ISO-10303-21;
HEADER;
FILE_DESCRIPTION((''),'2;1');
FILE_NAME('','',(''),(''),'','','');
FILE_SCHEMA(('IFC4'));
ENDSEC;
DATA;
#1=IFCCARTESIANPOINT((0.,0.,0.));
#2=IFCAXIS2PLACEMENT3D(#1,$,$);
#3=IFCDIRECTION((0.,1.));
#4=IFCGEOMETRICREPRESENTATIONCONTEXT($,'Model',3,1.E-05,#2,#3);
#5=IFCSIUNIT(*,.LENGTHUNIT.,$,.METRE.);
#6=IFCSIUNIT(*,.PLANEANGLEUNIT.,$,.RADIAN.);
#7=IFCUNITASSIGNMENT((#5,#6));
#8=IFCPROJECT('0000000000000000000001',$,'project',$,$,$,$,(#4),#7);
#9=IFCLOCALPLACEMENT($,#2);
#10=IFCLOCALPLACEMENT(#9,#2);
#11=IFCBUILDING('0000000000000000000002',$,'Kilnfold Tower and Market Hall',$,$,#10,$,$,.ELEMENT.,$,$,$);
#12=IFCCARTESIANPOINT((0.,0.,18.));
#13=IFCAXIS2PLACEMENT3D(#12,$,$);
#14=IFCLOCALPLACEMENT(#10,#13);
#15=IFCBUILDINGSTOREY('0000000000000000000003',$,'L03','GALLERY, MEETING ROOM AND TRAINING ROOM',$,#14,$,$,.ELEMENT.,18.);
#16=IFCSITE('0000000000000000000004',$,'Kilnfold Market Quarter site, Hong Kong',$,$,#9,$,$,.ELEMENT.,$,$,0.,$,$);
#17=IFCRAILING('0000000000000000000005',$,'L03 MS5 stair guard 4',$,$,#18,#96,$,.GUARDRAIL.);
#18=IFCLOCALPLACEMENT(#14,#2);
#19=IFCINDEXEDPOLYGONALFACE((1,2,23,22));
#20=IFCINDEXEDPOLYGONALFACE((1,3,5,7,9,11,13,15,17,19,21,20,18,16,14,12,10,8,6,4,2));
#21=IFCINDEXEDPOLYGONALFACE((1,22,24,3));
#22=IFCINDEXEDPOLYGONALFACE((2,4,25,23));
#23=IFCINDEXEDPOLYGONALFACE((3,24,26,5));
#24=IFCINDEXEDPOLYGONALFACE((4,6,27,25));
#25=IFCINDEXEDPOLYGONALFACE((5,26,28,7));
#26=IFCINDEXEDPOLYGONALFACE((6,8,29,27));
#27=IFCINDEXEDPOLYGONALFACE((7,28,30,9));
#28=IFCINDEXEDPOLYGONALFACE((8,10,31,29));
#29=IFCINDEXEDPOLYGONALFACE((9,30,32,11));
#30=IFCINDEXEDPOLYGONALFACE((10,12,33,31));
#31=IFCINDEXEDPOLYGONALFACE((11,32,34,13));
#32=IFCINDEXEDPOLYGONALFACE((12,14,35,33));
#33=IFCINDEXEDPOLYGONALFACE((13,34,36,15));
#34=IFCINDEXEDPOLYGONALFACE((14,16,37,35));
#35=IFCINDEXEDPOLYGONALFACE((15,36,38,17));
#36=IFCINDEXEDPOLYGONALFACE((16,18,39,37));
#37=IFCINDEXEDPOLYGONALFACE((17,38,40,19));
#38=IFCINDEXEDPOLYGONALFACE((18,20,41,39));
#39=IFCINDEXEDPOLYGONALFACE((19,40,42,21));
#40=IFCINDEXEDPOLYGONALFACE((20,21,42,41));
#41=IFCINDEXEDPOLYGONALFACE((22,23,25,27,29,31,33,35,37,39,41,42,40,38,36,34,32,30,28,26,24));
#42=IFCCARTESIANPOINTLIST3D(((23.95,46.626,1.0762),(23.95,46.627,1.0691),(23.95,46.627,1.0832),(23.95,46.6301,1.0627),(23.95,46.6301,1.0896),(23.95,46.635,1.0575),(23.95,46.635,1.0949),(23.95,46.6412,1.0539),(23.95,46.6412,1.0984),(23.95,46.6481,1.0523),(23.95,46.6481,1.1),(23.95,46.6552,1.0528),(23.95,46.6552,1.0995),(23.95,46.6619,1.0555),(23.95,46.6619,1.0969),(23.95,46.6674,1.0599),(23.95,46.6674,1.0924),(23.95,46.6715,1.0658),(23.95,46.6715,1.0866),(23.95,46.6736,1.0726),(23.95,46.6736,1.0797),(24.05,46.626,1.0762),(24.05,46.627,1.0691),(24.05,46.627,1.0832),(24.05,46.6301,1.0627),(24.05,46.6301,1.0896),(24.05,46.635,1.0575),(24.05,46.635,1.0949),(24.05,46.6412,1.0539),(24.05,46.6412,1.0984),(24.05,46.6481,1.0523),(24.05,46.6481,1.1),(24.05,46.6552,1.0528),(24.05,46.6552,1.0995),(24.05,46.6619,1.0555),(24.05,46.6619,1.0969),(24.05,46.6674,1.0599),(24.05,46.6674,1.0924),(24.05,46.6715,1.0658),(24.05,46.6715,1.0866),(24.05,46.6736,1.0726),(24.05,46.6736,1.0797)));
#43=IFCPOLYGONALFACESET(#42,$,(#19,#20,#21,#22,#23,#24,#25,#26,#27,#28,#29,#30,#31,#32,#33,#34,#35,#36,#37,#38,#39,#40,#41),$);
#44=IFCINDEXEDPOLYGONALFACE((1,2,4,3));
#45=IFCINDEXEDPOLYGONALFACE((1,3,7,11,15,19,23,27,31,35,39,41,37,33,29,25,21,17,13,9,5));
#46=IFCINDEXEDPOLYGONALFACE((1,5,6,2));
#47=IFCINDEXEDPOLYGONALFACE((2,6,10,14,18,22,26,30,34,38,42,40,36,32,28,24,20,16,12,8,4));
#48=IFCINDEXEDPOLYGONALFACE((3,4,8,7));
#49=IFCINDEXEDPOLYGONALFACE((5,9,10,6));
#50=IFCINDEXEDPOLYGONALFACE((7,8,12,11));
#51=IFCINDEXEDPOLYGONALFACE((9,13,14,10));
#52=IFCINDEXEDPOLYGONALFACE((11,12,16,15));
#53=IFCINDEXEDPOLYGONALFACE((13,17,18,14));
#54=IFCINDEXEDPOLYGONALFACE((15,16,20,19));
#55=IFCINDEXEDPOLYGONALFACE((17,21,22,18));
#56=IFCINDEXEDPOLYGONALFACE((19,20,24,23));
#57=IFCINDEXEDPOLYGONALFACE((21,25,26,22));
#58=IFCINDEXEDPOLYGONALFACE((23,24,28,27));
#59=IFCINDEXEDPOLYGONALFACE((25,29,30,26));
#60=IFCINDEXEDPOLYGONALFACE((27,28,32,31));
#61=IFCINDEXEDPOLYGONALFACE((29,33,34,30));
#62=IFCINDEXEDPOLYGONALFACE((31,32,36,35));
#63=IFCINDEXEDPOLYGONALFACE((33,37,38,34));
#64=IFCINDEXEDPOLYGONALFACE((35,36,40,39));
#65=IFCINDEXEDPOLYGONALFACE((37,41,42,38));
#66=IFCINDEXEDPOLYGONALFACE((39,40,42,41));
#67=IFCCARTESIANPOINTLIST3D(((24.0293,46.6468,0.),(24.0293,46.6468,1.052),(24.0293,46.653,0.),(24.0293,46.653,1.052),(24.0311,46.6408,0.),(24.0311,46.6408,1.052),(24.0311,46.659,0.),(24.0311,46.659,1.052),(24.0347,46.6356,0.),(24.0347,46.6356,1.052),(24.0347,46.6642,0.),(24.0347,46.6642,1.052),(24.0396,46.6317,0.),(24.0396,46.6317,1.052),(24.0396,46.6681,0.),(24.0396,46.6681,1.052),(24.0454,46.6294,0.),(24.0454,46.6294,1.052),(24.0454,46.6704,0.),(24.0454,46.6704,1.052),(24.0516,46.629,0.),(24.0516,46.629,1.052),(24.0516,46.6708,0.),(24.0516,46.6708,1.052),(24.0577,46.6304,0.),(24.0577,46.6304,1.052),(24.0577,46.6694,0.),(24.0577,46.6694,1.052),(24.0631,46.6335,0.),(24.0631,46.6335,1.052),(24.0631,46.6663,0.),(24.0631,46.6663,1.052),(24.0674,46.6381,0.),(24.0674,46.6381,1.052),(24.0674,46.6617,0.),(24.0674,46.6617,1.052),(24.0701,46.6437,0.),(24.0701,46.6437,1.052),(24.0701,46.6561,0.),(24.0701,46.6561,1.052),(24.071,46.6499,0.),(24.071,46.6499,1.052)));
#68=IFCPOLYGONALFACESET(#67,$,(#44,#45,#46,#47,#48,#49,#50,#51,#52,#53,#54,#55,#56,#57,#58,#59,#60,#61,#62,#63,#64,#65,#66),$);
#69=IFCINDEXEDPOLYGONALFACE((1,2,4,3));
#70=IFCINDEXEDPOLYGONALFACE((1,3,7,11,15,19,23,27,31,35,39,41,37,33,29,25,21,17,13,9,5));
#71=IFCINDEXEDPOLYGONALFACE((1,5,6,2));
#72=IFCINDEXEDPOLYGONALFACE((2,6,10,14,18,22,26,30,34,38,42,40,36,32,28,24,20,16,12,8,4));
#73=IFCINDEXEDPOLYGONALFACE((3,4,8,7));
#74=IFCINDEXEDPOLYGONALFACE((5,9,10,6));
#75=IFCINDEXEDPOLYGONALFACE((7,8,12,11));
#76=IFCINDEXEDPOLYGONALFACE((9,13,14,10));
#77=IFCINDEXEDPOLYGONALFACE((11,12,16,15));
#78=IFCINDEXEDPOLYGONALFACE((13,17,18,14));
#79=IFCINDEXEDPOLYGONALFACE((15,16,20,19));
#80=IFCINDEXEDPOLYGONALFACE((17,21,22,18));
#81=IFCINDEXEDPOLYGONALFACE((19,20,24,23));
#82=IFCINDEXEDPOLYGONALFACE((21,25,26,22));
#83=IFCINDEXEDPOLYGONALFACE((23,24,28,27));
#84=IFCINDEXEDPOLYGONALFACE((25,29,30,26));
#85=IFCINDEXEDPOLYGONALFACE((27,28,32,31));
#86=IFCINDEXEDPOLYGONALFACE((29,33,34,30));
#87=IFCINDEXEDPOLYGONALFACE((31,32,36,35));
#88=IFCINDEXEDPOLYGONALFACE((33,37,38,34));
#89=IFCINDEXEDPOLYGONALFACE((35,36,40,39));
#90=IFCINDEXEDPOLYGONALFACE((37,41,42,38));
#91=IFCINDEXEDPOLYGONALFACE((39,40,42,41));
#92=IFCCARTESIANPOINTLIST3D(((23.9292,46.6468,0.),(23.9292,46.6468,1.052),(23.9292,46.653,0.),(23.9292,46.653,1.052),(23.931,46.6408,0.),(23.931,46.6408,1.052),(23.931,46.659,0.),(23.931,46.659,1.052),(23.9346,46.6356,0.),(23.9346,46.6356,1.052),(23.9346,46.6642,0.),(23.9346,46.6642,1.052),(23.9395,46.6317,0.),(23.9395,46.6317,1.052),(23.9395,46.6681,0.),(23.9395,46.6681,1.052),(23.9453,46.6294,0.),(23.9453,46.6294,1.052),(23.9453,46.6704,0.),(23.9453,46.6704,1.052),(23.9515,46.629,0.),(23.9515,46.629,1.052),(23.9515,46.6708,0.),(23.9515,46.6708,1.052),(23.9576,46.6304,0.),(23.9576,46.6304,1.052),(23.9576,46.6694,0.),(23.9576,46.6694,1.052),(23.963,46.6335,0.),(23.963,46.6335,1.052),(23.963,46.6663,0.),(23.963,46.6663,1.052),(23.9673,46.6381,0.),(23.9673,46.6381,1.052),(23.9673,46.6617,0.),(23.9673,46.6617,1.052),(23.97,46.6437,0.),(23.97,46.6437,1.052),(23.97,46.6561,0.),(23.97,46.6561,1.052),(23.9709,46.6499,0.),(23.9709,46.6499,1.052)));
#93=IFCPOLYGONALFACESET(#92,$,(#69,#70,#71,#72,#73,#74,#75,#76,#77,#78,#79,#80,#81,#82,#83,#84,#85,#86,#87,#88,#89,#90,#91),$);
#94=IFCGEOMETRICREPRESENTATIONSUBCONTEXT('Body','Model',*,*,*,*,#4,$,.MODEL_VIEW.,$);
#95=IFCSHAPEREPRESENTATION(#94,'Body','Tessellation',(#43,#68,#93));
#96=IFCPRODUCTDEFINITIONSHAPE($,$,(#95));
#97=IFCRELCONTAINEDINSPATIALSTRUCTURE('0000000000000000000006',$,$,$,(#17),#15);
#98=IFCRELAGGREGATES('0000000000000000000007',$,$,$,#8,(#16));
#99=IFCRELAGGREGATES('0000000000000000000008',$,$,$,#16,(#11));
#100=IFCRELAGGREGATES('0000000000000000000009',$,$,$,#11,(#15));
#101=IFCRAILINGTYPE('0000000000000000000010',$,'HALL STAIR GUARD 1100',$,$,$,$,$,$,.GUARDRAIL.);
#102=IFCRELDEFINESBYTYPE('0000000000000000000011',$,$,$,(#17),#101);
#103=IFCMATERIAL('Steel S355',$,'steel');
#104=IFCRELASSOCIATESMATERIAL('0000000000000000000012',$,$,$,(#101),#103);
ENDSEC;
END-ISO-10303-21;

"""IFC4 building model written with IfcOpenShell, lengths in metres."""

from ifc_helpers import new_model, si_unit, direction, frame, origin, origin_2d, place, context, subcontext, project, spatial, circle, extrude, material, type_object, element, save


model = new_model("IFC4")

# Units and contexts
model_context = context("Model", 3, precision=1e-05, world=origin(), true_north=direction((0.0, 1.0)))
body_context = subcontext(model_context, "Body", "Model", "MODEL_VIEW")
ifc_project = project(units=[si_unit("LENGTHUNIT", "METRE"), si_unit("PLANEANGLEUNIT", "RADIAN")], contexts=[model_context])

# Site, building, storey
site_placement = place(None, origin())
site = spatial("IfcSite", under=ifc_project, at=site_placement, Name="Kilnfold Market Quarter site, Hong Kong", CompositionType="ELEMENT", RefElevation=0.0)
building_placement = place(site_placement, origin())
building = spatial("IfcBuilding", under=site, at=building_placement, Name="Kilnfold Tower and Market Hall", CompositionType="ELEMENT")
storey_placement = place(building_placement, frame((0.0, 0.0, 18.0)))
storey = spatial("IfcBuildingStorey", under=building, at=storey_placement, Name="L03", Description="GALLERY, MEETING ROOM AND TRAINING ROOM", CompositionType="ELEMENT", Elevation=18.0)

# Railing
ifc_material_1 = material(Name="Steel S355", Category="steel")
railing_type_1 = type_object("IfcRailingType", Name="HALL STAIR GUARD 1100", PredefinedType="GUARDRAIL", material=ifc_material_1)
railing_1_placement = place(storey_placement, frame((24.05, 46.6499, 0.0)))
element("IfcRailing", 1, at=railing_1_placement, inside=storey, type_object=railing_type_1, Name="L03 MS5 stair guard 4", PredefinedType="GUARDRAIL", context=body_context, shape_type="SweptSolid", body=[
    extrude(circle(Radius=0.0239, at=origin_2d()), frame((0.0, 0.0, 1.0762), z_axis=(-1.0, 0.0, 0.0), x_axis=(0.0, -1.0, 0.0)), (0.0, 0.0, 1.0), 0.1001),
    extrude(circle(Radius=0.021, at=origin_2d()), origin(), (0.0, 0.0, 1.0), 1.052),
    extrude(circle(Radius=0.021, at=origin_2d()), frame((-0.1001, 0.0, 0.0)), (0.0, 0.0, 1.0), 1.052),
])

save(model, "model.ifc")
